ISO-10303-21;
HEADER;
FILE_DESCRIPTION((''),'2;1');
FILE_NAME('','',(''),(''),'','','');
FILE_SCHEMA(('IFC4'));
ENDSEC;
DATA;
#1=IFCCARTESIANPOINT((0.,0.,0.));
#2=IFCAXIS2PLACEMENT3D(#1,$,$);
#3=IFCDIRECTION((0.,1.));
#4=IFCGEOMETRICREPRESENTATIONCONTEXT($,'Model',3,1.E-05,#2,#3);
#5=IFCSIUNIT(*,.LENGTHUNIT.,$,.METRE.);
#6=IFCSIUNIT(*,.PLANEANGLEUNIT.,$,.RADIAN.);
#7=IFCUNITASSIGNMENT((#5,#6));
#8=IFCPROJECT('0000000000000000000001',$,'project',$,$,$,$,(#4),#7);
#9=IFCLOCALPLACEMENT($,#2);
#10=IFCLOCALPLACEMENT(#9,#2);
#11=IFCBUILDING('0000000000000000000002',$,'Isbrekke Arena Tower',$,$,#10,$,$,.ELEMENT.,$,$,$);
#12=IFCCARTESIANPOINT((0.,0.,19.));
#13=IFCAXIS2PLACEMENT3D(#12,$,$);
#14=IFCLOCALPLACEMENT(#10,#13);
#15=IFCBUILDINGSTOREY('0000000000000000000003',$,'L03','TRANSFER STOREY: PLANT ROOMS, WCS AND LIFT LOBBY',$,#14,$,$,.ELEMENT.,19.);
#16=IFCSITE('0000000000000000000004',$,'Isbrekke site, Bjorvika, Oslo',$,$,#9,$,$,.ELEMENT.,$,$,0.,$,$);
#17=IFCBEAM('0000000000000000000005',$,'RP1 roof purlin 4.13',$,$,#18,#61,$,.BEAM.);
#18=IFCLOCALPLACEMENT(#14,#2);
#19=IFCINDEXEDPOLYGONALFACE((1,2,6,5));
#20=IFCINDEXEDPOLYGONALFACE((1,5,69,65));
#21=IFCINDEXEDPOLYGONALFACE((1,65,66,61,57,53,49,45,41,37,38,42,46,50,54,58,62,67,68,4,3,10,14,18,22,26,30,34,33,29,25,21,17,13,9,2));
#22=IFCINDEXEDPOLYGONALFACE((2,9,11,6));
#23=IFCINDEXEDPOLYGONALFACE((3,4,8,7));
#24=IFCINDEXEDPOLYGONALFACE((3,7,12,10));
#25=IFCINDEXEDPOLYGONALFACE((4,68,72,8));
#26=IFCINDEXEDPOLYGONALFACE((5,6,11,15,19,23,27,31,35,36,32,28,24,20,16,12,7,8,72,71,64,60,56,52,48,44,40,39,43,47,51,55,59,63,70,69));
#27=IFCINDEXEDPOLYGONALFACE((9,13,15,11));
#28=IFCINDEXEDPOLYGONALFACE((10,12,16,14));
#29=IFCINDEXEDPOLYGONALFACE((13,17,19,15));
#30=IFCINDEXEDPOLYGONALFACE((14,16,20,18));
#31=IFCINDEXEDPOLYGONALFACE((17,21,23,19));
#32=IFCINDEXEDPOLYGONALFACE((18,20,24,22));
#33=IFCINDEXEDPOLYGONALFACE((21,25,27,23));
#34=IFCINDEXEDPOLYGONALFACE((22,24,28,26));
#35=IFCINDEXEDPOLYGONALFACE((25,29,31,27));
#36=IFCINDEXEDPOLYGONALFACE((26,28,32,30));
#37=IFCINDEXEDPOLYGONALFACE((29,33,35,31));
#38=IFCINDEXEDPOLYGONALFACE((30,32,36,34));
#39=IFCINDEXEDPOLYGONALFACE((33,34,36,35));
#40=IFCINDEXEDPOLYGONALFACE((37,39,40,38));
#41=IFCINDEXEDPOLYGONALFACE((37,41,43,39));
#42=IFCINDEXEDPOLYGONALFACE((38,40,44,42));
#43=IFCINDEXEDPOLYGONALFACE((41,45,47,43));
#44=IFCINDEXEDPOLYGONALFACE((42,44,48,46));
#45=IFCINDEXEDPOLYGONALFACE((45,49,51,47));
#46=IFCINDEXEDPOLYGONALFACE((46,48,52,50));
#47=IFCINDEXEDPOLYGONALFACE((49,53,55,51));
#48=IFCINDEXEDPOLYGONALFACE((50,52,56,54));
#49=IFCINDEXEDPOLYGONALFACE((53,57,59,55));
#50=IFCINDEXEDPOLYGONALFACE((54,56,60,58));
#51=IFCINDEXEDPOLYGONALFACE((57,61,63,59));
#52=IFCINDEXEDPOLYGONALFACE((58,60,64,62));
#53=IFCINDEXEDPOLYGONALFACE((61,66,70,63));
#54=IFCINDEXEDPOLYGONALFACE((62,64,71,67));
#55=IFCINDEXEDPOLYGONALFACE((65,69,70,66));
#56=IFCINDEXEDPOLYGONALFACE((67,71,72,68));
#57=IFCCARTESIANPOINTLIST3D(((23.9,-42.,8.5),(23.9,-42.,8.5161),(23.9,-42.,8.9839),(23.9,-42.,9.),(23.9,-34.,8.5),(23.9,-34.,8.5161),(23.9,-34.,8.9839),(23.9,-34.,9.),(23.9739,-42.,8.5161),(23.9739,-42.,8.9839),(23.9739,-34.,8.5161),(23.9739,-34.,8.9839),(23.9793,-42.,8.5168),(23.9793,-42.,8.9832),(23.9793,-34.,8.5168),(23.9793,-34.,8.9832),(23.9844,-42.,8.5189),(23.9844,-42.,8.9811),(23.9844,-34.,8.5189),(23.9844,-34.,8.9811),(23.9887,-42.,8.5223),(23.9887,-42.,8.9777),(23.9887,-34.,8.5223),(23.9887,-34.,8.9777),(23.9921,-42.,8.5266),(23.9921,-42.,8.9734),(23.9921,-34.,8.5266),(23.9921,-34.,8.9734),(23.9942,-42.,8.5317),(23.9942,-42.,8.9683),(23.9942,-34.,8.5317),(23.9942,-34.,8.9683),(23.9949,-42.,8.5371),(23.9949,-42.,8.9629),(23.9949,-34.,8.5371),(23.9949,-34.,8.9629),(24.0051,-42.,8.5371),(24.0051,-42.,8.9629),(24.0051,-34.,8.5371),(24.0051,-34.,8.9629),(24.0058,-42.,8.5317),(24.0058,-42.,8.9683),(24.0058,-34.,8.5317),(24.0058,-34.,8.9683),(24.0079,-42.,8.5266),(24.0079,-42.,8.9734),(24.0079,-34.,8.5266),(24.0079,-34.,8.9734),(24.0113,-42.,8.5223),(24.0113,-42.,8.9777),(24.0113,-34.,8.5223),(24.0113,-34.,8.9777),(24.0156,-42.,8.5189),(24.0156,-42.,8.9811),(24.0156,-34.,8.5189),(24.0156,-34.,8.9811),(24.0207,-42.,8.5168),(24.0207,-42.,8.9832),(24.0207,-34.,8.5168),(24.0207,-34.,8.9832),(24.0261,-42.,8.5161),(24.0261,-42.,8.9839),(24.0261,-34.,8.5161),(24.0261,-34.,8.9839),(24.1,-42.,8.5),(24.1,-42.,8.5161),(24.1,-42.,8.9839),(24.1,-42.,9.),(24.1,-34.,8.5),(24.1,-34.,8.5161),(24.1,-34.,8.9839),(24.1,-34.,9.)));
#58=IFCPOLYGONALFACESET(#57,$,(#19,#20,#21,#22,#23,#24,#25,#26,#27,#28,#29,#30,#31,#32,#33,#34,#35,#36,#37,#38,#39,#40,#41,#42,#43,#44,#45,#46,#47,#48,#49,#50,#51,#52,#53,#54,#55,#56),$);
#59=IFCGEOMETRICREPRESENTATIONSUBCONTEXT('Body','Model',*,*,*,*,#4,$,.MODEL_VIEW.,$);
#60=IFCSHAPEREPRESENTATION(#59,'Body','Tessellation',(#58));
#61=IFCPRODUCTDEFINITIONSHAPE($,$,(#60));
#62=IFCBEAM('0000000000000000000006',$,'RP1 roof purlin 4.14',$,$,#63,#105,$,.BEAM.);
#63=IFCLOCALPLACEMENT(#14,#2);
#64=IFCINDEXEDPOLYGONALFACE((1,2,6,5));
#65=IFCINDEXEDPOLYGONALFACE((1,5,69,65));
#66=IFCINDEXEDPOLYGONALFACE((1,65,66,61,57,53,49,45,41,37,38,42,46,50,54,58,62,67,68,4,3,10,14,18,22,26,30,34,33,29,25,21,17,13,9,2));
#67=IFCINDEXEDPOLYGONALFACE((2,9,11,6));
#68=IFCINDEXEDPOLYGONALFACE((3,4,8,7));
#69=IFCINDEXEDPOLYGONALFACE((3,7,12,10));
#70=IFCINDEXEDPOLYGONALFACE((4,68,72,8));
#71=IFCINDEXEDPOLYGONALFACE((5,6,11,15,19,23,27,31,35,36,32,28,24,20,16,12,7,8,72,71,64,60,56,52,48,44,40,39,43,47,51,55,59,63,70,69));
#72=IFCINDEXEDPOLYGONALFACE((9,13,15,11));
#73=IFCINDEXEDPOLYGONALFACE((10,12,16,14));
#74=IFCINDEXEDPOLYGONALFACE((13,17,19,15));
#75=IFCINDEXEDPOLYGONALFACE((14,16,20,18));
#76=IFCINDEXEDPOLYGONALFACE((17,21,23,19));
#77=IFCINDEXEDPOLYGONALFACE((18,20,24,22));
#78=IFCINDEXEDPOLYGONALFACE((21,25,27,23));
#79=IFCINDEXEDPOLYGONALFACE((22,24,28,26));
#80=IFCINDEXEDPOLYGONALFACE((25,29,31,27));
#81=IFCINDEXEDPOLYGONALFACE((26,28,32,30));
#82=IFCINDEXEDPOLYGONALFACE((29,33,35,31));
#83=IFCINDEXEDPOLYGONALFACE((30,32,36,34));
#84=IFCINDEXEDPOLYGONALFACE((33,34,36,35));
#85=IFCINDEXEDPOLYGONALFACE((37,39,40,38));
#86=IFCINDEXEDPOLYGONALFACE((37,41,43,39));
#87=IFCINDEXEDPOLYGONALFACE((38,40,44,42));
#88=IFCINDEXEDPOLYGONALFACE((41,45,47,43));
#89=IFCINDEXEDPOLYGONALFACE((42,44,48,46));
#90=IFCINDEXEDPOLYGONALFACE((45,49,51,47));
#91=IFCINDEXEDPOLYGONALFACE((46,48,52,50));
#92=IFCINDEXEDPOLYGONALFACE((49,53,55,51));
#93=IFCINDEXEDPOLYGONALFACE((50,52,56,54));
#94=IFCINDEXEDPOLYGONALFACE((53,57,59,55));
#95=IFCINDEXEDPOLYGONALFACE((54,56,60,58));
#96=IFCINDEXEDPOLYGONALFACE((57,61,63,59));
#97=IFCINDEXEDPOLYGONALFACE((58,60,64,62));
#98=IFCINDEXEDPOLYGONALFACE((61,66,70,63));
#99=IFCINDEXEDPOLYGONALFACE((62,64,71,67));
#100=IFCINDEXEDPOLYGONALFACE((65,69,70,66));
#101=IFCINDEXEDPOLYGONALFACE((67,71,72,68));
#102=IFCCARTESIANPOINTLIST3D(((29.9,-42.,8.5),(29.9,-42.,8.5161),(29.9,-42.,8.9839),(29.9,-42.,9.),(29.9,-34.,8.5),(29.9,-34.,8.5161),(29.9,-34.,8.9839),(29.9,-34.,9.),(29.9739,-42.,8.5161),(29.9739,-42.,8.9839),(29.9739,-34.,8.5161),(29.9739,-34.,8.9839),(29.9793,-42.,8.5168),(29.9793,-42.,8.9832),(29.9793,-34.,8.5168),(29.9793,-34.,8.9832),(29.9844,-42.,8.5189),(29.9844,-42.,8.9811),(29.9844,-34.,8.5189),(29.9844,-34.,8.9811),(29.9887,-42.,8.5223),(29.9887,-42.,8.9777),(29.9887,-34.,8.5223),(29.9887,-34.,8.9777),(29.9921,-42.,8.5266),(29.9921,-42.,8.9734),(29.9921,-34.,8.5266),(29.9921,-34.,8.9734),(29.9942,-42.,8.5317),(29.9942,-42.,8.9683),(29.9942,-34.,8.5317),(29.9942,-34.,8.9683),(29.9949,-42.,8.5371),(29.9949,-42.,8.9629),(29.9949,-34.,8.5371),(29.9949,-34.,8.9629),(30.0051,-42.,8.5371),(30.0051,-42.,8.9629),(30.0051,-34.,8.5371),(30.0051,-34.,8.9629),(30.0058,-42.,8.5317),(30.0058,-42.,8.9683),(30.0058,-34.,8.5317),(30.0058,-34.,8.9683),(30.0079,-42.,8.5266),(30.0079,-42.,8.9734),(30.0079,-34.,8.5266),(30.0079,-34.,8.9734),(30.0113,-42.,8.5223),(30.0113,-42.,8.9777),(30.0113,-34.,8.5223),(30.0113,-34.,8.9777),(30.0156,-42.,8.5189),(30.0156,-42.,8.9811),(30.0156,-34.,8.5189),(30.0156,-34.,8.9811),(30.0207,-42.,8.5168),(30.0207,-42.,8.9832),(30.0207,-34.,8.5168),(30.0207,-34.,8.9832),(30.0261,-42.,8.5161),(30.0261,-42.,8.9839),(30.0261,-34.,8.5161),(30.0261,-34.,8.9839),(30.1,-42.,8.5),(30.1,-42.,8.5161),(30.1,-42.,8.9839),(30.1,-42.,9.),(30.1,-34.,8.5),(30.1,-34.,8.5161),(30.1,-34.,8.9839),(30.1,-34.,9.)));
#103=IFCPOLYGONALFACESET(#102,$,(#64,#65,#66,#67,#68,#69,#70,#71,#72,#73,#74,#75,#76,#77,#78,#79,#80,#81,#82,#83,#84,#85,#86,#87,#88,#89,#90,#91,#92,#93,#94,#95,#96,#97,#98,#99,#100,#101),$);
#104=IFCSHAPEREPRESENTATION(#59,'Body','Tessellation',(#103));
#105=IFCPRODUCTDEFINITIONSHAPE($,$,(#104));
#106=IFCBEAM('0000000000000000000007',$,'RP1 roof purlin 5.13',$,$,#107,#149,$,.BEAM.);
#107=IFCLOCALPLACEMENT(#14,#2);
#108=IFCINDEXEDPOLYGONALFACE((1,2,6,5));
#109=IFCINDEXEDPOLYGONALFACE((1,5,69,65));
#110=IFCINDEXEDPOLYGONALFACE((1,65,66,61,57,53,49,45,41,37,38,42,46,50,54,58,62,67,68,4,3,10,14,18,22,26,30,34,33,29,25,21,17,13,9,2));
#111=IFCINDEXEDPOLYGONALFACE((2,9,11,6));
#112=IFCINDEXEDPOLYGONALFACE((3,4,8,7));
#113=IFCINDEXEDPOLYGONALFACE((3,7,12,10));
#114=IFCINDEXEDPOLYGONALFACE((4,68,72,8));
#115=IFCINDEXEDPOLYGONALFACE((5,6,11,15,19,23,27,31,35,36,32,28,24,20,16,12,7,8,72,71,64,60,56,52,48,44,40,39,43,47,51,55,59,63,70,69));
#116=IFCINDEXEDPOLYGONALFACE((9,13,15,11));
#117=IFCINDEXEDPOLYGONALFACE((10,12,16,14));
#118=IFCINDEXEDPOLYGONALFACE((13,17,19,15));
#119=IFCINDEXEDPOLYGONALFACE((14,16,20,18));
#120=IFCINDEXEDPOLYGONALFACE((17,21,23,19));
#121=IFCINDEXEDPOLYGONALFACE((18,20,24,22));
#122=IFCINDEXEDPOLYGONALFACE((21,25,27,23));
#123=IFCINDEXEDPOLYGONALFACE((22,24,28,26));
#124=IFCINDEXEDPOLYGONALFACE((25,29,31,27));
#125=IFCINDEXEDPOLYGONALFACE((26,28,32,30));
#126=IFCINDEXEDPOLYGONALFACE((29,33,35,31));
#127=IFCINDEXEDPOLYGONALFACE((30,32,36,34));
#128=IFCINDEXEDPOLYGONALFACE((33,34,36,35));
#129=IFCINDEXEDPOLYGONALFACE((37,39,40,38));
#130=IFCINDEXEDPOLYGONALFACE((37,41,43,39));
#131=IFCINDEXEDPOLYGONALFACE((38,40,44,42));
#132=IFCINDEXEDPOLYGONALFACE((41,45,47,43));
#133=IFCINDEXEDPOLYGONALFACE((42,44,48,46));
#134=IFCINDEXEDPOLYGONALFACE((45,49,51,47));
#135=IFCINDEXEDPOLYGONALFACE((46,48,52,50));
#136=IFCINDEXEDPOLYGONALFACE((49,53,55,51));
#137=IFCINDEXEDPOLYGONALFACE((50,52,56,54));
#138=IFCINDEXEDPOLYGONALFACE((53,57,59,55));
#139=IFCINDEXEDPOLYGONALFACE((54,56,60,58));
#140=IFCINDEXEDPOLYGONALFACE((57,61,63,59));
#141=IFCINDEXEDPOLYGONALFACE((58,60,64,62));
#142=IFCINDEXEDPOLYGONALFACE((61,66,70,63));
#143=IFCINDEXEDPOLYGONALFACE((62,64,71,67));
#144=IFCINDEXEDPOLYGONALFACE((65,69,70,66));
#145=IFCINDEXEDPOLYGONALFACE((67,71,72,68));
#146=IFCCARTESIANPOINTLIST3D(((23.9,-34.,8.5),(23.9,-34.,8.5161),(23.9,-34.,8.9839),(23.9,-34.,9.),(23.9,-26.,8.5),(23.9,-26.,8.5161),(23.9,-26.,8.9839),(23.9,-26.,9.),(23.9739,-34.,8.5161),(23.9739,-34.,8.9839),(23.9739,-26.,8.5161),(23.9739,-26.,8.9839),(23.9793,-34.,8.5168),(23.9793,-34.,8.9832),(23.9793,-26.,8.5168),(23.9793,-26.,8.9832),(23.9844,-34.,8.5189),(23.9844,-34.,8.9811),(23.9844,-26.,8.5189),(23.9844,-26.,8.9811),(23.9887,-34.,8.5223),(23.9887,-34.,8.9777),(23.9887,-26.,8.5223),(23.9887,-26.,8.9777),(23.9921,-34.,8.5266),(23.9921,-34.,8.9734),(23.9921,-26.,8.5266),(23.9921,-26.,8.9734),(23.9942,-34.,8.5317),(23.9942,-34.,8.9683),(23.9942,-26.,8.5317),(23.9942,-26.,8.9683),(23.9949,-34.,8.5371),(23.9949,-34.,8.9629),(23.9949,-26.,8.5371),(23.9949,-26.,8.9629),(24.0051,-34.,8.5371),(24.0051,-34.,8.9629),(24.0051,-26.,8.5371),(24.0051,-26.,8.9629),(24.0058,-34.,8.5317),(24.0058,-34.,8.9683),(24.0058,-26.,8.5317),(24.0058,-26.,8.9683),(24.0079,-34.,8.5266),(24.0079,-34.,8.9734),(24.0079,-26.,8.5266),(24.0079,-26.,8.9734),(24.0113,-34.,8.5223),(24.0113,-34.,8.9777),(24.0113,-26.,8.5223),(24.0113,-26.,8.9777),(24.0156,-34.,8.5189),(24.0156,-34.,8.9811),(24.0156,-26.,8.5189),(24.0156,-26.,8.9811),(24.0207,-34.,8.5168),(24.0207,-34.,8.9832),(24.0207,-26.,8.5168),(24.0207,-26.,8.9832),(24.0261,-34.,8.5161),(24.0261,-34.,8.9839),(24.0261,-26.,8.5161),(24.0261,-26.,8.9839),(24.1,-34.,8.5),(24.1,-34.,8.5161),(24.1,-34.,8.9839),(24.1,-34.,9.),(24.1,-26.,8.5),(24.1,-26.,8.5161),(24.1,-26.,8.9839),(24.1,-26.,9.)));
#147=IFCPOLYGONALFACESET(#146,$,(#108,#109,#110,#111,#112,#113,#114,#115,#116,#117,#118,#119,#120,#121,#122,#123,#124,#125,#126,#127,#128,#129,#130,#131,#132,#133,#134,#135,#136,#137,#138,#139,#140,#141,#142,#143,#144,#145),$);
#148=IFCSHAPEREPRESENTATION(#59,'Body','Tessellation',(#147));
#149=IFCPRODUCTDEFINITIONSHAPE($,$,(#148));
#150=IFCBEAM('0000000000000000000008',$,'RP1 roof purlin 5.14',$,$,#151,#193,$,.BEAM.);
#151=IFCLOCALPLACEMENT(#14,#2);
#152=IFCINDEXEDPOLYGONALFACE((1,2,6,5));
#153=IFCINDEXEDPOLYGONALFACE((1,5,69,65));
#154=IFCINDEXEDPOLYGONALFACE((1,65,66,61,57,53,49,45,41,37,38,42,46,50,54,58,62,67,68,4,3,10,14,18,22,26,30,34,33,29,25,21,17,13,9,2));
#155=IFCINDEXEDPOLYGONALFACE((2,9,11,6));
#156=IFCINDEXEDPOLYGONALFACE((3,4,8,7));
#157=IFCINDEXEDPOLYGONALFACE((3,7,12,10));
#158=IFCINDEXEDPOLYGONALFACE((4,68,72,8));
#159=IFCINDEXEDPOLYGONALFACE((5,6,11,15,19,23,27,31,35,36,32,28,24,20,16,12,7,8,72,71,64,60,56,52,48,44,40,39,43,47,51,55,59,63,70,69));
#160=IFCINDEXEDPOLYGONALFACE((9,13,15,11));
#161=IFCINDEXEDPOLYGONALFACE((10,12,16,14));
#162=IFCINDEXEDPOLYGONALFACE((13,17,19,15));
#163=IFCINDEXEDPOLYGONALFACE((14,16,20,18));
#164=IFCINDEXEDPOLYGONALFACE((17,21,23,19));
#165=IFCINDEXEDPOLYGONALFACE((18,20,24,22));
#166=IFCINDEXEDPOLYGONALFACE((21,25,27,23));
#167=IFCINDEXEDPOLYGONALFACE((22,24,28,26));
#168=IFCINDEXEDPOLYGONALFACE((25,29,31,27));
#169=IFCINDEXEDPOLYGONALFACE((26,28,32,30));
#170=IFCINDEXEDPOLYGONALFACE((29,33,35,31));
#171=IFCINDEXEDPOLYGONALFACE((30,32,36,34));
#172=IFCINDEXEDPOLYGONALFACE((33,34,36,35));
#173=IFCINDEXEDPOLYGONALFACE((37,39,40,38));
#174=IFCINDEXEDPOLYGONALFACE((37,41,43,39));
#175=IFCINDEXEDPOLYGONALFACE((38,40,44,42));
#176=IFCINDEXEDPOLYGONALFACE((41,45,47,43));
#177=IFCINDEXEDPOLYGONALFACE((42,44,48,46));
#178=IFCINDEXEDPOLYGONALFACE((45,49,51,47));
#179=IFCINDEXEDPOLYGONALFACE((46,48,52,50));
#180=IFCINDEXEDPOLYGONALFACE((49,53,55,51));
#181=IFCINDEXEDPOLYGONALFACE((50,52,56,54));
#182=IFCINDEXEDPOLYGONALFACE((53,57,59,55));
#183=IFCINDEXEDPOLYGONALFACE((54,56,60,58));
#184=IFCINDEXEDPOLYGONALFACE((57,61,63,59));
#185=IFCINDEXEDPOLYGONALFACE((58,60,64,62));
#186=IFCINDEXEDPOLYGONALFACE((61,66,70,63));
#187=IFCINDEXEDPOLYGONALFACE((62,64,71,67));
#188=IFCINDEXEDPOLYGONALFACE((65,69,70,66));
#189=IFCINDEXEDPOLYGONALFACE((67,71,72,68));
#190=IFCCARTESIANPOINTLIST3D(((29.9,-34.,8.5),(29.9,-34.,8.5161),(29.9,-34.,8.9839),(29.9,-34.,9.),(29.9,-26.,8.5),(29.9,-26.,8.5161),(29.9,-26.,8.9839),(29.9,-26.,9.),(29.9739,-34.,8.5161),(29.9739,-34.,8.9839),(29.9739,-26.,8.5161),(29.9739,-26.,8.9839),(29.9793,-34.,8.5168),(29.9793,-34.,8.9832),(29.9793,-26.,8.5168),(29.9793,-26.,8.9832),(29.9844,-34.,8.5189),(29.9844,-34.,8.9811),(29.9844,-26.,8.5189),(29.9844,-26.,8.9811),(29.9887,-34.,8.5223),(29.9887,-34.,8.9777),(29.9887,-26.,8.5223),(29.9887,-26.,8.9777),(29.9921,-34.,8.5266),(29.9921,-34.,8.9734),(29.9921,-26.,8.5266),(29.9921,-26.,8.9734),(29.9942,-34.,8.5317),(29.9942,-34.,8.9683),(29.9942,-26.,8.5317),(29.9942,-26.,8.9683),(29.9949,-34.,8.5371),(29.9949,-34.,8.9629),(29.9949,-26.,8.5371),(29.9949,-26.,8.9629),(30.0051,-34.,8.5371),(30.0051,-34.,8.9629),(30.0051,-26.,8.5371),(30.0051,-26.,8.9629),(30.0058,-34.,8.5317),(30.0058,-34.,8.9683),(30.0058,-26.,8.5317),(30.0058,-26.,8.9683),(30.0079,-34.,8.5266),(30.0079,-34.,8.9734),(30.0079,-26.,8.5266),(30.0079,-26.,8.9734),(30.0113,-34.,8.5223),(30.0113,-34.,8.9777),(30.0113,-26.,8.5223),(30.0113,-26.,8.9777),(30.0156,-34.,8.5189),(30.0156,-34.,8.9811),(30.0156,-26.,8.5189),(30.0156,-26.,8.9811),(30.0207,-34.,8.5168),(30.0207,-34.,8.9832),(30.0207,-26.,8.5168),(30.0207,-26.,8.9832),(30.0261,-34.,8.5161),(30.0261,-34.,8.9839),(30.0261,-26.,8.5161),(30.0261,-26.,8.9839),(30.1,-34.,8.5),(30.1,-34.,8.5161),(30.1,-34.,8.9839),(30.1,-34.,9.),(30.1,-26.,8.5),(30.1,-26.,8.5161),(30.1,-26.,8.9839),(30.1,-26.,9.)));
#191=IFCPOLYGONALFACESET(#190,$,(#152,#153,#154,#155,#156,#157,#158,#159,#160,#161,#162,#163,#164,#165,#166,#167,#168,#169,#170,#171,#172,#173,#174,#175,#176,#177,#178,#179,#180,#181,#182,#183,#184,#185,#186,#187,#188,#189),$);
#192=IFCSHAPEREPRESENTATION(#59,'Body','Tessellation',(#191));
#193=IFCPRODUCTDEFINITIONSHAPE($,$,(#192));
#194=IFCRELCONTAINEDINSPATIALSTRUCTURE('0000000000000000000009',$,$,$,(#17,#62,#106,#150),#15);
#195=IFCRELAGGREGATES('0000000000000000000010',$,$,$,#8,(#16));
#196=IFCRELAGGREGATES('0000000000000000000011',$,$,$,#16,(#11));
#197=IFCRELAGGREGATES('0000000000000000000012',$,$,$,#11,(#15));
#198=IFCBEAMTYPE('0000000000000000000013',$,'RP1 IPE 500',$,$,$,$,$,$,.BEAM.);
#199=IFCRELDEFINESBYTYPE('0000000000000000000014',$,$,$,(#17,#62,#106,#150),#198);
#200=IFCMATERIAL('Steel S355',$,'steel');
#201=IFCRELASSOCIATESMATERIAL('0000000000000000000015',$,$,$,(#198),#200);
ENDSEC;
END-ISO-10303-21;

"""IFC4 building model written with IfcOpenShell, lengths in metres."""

from ifc_helpers import new_model, si_unit, direction, frame, origin, origin_2d, place, context, subcontext, project, spatial, i_section, extrude, material, material_profile, profile_set, type_object, element, save


model = new_model("IFC4")

# Units and contexts
model_context = context("Model", 3, precision=1e-05, world=origin(), true_north=direction((0.0, 1.0)))
body_context = subcontext(model_context, "Body", "Model", "MODEL_VIEW")
ifc_project = project(units=[si_unit("LENGTHUNIT", "METRE"), si_unit("PLANEANGLEUNIT", "RADIAN")], contexts=[model_context])

# Site, building, storey
site_placement = place(None, origin())
site = spatial("IfcSite", under=ifc_project, at=site_placement, Name="Isbrekke site, Bjorvika, Oslo", CompositionType="ELEMENT", RefElevation=0.0)
building_placement = place(site_placement, origin())
building = spatial("IfcBuilding", under=site, at=building_placement, Name="Isbrekke Arena Tower", CompositionType="ELEMENT")
storey_placement = place(building_placement, frame((0.0, 0.0, 19.0)))
storey = spatial("IfcBuildingStorey", under=building, at=storey_placement, Name="L03", Description="TRANSFER STOREY: PLANT ROOMS, WCS AND LIFT LOBBY", CompositionType="ELEMENT", Elevation=19.0)

# Beams
ifc_material_1 = material(Name="Steel S355", Category="steel")
ifc_material_profile_1 = material_profile(ifc_material_1, i_section(OverallWidth=0.2, OverallDepth=0.5, WebThickness=0.0103, FlangeThickness=0.0161, FilletRadius=0.021, at=origin_2d()), Name="IPE 500")
ifc_profile_set_1 = profile_set([ifc_material_profile_1], Name="Steel S355")
beam_type = type_object("IfcBeamType", Name="RP1 IPE 500", PredefinedType="BEAM", material=ifc_profile_set_1)
for number, where, z_axis, x_axis, name in (
    (1, (24.0, -42.0, 8.75), (0.0, 1.0, 0.0), (-1.0, 0.0, 0.0), "RP1 roof purlin 4.13"),
    (2, (30.0, -42.0, 8.75), (0.0, 1.0, 0.0), (-1.0, 0.0, 0.0), "RP1 roof purlin 4.14"),
    (3, (24.0, -34.0, 8.75), (0.0, 1.0, 0.0), (-1.0, 0.0, 0.0), "RP1 roof purlin 5.13"),
    (4, (30.0, -34.0, 8.75), (0.0, 1.0, 0.0), (-1.0, 0.0, 0.0), "RP1 roof purlin 5.14"),
):
    element("IfcBeam", number, at=place(storey_placement, frame(where, z_axis=z_axis, x_axis=x_axis)), inside=storey, type_object=beam_type, Name=name, PredefinedType="BEAM", context=body_context, shape_type="SweptSolid", body=[
        extrude(i_section(OverallWidth=0.2, OverallDepth=0.5, WebThickness=0.0103, FlangeThickness=0.0161, FilletRadius=0.021, at=origin_2d()), origin(), (0.0, 0.0, 1.0), 8.0),
    ])

save(model, "model.ifc")
